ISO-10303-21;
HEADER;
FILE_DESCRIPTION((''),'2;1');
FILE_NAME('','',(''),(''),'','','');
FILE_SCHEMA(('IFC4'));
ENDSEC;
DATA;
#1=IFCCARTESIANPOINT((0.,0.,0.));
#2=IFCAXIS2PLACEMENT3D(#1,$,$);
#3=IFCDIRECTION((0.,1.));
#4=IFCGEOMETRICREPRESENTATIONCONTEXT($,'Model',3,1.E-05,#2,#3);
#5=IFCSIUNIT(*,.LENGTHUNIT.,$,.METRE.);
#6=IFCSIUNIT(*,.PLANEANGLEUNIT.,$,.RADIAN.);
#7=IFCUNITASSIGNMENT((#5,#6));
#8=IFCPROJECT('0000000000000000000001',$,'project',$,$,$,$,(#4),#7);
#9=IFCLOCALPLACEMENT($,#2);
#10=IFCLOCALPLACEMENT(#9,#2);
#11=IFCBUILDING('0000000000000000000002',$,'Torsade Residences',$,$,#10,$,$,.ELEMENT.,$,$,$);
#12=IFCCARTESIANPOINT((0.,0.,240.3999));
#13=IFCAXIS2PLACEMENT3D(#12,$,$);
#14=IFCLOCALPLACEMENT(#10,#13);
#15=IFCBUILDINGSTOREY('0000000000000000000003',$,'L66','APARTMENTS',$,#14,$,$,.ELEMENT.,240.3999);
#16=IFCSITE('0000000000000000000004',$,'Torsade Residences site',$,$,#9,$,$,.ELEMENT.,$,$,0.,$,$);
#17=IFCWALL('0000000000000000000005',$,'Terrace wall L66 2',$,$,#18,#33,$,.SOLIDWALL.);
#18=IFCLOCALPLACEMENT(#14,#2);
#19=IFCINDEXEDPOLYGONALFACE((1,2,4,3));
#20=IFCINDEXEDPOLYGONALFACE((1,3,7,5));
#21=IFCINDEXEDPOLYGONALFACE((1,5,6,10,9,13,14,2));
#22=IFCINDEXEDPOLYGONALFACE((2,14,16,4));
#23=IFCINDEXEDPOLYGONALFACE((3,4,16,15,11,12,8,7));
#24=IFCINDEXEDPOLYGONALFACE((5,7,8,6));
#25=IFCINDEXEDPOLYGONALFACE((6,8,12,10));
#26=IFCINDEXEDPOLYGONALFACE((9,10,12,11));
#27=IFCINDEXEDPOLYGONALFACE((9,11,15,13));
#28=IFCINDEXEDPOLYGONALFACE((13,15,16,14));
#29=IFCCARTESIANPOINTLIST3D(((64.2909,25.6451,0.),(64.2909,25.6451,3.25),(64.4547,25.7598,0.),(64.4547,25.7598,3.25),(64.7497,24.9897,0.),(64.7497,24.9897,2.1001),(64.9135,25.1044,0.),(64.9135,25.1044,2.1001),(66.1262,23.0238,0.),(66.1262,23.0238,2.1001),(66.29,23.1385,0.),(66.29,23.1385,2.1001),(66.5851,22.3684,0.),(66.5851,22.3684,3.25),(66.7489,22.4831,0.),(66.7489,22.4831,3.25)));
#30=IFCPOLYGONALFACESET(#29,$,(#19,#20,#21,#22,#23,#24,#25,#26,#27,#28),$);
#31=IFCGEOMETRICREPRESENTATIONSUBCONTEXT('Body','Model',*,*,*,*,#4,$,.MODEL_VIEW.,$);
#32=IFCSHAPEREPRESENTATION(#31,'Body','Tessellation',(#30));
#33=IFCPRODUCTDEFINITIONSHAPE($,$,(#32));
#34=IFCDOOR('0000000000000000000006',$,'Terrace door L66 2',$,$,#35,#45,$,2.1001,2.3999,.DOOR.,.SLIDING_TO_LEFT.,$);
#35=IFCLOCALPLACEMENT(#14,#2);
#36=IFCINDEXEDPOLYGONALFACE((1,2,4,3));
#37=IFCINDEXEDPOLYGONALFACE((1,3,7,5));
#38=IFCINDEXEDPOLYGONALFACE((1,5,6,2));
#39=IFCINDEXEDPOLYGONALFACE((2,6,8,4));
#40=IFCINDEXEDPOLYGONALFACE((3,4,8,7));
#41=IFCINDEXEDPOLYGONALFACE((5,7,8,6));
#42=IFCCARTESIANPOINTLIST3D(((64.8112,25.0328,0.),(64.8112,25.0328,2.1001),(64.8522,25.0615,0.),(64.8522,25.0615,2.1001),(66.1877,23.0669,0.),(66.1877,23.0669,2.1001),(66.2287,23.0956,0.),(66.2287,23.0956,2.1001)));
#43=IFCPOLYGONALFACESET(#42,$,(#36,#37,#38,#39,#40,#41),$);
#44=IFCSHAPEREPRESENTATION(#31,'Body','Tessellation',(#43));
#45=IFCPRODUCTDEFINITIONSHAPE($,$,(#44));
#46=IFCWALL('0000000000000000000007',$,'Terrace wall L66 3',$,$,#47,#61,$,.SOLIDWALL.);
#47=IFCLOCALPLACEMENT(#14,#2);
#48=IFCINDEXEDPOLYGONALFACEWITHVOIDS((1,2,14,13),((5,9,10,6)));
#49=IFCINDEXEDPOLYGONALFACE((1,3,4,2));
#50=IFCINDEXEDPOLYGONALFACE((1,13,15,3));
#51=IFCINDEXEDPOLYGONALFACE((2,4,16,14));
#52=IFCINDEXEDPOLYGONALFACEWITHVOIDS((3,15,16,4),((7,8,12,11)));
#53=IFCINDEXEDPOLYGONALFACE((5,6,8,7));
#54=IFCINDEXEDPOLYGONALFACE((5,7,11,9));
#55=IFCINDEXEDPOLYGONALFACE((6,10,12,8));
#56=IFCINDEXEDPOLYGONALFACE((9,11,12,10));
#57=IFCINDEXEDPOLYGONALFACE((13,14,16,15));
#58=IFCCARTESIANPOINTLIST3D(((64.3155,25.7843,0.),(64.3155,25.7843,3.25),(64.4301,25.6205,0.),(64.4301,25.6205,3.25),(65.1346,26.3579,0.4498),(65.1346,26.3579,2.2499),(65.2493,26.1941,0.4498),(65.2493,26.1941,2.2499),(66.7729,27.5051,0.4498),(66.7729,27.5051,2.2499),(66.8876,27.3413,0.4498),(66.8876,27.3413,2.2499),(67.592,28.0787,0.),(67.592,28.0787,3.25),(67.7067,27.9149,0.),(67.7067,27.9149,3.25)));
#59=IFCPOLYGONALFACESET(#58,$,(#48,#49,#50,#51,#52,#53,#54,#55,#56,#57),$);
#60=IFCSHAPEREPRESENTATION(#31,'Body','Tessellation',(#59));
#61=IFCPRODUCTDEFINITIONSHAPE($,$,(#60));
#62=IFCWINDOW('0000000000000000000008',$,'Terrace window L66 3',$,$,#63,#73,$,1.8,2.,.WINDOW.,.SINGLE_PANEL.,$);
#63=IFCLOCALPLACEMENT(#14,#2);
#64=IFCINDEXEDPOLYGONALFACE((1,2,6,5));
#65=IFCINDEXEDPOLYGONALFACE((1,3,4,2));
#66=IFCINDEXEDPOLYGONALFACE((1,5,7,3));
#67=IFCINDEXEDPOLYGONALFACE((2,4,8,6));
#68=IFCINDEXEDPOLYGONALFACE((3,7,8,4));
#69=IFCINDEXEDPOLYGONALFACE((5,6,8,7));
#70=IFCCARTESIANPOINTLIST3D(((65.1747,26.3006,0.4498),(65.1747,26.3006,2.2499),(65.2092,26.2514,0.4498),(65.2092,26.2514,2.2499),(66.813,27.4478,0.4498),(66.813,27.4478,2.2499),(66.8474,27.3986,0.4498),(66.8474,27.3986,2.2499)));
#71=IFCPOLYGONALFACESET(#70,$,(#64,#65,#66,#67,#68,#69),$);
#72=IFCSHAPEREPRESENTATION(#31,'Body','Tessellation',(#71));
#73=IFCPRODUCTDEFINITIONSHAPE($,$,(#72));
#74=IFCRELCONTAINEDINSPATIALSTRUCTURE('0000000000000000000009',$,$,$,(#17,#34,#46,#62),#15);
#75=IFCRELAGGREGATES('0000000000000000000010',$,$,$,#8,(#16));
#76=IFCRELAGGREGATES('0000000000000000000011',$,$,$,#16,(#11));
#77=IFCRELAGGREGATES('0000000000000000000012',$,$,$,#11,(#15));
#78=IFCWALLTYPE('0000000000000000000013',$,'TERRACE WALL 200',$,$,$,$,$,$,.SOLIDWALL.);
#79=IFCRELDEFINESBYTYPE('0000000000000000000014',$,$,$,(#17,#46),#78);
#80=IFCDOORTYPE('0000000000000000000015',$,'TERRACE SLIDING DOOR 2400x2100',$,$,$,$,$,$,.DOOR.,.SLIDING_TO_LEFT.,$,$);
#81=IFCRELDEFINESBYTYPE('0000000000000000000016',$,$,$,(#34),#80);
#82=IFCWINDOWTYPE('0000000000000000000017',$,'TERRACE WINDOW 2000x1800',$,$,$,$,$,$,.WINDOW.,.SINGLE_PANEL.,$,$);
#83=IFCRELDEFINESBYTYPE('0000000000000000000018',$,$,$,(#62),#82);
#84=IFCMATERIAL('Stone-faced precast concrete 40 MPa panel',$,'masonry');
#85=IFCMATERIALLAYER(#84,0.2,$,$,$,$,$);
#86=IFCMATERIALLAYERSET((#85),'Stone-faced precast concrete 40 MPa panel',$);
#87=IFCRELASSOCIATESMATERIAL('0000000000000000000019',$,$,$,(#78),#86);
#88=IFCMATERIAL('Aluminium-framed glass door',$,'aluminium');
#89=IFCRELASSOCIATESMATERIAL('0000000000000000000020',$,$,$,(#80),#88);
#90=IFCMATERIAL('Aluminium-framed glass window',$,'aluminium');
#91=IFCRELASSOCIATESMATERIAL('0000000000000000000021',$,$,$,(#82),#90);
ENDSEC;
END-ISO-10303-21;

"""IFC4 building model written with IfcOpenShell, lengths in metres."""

from ifc_helpers import new_model, si_unit, direction, frame, frame_2d, origin, place, context, subcontext, project, spatial, rectangle, extrude, material, layer, layer_set, type_object, element, fill, save


model = new_model("IFC4")

# Units and contexts
model_context = context("Model", 3, precision=1e-05, world=origin(), true_north=direction((0.0, 1.0)))
body_context = subcontext(model_context, "Body", "Model", "MODEL_VIEW")
ifc_project = project(units=[si_unit("LENGTHUNIT", "METRE"), si_unit("PLANEANGLEUNIT", "RADIAN")], contexts=[model_context])

# Site, building, storey
site_placement = place(None, origin())
site = spatial("IfcSite", under=ifc_project, at=site_placement, Name="Torsade Residences site", CompositionType="ELEMENT", RefElevation=0.0)
building_placement = place(site_placement, origin())
building = spatial("IfcBuilding", under=site, at=building_placement, Name="Torsade Residences", CompositionType="ELEMENT")
storey_placement = place(building_placement, frame((0.0, 0.0, 240.3999)))
storey = spatial("IfcBuildingStorey", under=building, at=storey_placement, Name="L66", Description="APARTMENTS", CompositionType="ELEMENT", Elevation=240.3999)

# Wall, opening, door
ifc_material_1 = material(Name="Stone-faced precast concrete 40 MPa panel", Category="masonry")
ifc_layer_1 = layer(ifc_material_1, 0.2)
ifc_layer_set_1 = layer_set([ifc_layer_1], Name="Stone-faced precast concrete 40 MPa panel")
wall_type_1 = type_object("IfcWallType", Name="TERRACE WALL 200", PredefinedType="SOLIDWALL", material=ifc_layer_set_1)
wall_1_placement = place(storey_placement, frame((66.667, 22.4258, 0.0), z_axis=(0.0, 0.0, 1.0), x_axis=(-0.573557, 0.819166, 0.0)))
wall_1 = element("IfcWall", 1, at=wall_1_placement, inside=storey, type_object=wall_type_1, Name="Terrace wall L66 2", PredefinedType="SOLIDWALL", context=body_context, shape_type="SweptSolid", body=[
    extrude(rectangle(XDim=4.0, YDim=0.2, at=frame_2d((2.0, 0.0))), origin(), (0.0, 0.0, 1.0), 3.25),
])
opening_1_placement = place(wall_1_placement, frame((0.8, 0.0, 0.0)))
opening_1 = element("IfcOpeningElement", 2, at=opening_1_placement, cuts=wall_1, PredefinedType="OPENING", context=body_context, shape_type="SweptSolid", body=[
    extrude(rectangle(XDim=2.3999, YDim=2.1001, at=frame_2d((1.2, 1.05))), frame((0.0, 0.1099, 0.0), z_axis=(0.0, -1.0, 0.0), x_axis=(1.0, 0.0, 0.0)), (0.0, 0.0, 1.0), 0.22),
])
ifc_material_2 = material(Name="Aluminium-framed glass door", Category="aluminium")
door_type_1 = type_object("IfcDoorType", Name="TERRACE SLIDING DOOR 2400x2100", OperationType="SLIDING_TO_LEFT", PredefinedType="DOOR", material=ifc_material_2)
door_1_placement = place(opening_1_placement, origin())
door_1 = element("IfcDoor", 3, at=door_1_placement, inside=storey, type_object=door_type_1, Name="Terrace door L66 2", OperationType="SLIDING_TO_LEFT", OverallHeight=2.1001, OverallWidth=2.3999, PredefinedType="DOOR", context=body_context, shape_type="SweptSolid", body=[
    extrude(rectangle(XDim=2.3999, YDim=2.1001, at=frame_2d((1.2, 1.05))), frame((0.0, 0.0249, 0.0), z_axis=(0.0, -1.0, 0.0), x_axis=(1.0, 0.0, 0.0)), (0.0, 0.0, 1.0), 0.05),
])
fill(opening_1, door_1)

# Wall, opening, window
wall_2_placement = place(storey_placement, frame((64.3728, 25.7024, 0.0), z_axis=(0.0, 0.0, 1.0), x_axis=(0.819137, 0.573598, 0.0)))
wall_2 = element("IfcWall", 4, at=wall_2_placement, inside=storey, type_object=wall_type_1, Name="Terrace wall L66 3", PredefinedType="SOLIDWALL", context=body_context, shape_type="SweptSolid", body=[
    extrude(rectangle(XDim=4.0, YDim=0.2, at=frame_2d((2.0, 0.0))), origin(), (0.0, 0.0, 1.0), 3.25),
])
opening_2_placement = place(wall_2_placement, frame((1.0, 0.0, 0.45)))
opening_2 = element("IfcOpeningElement", 5, at=opening_2_placement, cuts=wall_2, PredefinedType="OPENING", context=body_context, shape_type="SweptSolid", body=[
    extrude(rectangle(XDim=2.0, YDim=1.8, at=frame_2d((1.0, 0.8999))), frame((0.0, 0.1099, 0.0), z_axis=(0.0, -1.0, 0.0), x_axis=(1.0, 0.0, 0.0)), (0.0, 0.0, 1.0), 0.22),
])
ifc_material_3 = material(Name="Aluminium-framed glass window", Category="aluminium")
window_type = type_object("IfcWindowType", Name="TERRACE WINDOW 2000x1800", PartitioningType="SINGLE_PANEL", PredefinedType="WINDOW", material=ifc_material_3)
window_placement = place(opening_2_placement, origin())
window = element("IfcWindow", 6, at=window_placement, inside=storey, type_object=window_type, Name="Terrace window L66 3", OverallHeight=1.8, OverallWidth=2.0, PartitioningType="SINGLE_PANEL", PredefinedType="WINDOW", context=body_context, shape_type="SweptSolid", body=[
    extrude(rectangle(XDim=2.0, YDim=1.8, at=frame_2d((1.0, 0.8999))), frame((0.0, 0.03, 0.0), z_axis=(0.0, -1.0, 0.0), x_axis=(1.0, 0.0, 0.0)), (0.0, 0.0, 1.0), 0.0601),
])
fill(opening_2, window)

save(model, "model.ifc")
